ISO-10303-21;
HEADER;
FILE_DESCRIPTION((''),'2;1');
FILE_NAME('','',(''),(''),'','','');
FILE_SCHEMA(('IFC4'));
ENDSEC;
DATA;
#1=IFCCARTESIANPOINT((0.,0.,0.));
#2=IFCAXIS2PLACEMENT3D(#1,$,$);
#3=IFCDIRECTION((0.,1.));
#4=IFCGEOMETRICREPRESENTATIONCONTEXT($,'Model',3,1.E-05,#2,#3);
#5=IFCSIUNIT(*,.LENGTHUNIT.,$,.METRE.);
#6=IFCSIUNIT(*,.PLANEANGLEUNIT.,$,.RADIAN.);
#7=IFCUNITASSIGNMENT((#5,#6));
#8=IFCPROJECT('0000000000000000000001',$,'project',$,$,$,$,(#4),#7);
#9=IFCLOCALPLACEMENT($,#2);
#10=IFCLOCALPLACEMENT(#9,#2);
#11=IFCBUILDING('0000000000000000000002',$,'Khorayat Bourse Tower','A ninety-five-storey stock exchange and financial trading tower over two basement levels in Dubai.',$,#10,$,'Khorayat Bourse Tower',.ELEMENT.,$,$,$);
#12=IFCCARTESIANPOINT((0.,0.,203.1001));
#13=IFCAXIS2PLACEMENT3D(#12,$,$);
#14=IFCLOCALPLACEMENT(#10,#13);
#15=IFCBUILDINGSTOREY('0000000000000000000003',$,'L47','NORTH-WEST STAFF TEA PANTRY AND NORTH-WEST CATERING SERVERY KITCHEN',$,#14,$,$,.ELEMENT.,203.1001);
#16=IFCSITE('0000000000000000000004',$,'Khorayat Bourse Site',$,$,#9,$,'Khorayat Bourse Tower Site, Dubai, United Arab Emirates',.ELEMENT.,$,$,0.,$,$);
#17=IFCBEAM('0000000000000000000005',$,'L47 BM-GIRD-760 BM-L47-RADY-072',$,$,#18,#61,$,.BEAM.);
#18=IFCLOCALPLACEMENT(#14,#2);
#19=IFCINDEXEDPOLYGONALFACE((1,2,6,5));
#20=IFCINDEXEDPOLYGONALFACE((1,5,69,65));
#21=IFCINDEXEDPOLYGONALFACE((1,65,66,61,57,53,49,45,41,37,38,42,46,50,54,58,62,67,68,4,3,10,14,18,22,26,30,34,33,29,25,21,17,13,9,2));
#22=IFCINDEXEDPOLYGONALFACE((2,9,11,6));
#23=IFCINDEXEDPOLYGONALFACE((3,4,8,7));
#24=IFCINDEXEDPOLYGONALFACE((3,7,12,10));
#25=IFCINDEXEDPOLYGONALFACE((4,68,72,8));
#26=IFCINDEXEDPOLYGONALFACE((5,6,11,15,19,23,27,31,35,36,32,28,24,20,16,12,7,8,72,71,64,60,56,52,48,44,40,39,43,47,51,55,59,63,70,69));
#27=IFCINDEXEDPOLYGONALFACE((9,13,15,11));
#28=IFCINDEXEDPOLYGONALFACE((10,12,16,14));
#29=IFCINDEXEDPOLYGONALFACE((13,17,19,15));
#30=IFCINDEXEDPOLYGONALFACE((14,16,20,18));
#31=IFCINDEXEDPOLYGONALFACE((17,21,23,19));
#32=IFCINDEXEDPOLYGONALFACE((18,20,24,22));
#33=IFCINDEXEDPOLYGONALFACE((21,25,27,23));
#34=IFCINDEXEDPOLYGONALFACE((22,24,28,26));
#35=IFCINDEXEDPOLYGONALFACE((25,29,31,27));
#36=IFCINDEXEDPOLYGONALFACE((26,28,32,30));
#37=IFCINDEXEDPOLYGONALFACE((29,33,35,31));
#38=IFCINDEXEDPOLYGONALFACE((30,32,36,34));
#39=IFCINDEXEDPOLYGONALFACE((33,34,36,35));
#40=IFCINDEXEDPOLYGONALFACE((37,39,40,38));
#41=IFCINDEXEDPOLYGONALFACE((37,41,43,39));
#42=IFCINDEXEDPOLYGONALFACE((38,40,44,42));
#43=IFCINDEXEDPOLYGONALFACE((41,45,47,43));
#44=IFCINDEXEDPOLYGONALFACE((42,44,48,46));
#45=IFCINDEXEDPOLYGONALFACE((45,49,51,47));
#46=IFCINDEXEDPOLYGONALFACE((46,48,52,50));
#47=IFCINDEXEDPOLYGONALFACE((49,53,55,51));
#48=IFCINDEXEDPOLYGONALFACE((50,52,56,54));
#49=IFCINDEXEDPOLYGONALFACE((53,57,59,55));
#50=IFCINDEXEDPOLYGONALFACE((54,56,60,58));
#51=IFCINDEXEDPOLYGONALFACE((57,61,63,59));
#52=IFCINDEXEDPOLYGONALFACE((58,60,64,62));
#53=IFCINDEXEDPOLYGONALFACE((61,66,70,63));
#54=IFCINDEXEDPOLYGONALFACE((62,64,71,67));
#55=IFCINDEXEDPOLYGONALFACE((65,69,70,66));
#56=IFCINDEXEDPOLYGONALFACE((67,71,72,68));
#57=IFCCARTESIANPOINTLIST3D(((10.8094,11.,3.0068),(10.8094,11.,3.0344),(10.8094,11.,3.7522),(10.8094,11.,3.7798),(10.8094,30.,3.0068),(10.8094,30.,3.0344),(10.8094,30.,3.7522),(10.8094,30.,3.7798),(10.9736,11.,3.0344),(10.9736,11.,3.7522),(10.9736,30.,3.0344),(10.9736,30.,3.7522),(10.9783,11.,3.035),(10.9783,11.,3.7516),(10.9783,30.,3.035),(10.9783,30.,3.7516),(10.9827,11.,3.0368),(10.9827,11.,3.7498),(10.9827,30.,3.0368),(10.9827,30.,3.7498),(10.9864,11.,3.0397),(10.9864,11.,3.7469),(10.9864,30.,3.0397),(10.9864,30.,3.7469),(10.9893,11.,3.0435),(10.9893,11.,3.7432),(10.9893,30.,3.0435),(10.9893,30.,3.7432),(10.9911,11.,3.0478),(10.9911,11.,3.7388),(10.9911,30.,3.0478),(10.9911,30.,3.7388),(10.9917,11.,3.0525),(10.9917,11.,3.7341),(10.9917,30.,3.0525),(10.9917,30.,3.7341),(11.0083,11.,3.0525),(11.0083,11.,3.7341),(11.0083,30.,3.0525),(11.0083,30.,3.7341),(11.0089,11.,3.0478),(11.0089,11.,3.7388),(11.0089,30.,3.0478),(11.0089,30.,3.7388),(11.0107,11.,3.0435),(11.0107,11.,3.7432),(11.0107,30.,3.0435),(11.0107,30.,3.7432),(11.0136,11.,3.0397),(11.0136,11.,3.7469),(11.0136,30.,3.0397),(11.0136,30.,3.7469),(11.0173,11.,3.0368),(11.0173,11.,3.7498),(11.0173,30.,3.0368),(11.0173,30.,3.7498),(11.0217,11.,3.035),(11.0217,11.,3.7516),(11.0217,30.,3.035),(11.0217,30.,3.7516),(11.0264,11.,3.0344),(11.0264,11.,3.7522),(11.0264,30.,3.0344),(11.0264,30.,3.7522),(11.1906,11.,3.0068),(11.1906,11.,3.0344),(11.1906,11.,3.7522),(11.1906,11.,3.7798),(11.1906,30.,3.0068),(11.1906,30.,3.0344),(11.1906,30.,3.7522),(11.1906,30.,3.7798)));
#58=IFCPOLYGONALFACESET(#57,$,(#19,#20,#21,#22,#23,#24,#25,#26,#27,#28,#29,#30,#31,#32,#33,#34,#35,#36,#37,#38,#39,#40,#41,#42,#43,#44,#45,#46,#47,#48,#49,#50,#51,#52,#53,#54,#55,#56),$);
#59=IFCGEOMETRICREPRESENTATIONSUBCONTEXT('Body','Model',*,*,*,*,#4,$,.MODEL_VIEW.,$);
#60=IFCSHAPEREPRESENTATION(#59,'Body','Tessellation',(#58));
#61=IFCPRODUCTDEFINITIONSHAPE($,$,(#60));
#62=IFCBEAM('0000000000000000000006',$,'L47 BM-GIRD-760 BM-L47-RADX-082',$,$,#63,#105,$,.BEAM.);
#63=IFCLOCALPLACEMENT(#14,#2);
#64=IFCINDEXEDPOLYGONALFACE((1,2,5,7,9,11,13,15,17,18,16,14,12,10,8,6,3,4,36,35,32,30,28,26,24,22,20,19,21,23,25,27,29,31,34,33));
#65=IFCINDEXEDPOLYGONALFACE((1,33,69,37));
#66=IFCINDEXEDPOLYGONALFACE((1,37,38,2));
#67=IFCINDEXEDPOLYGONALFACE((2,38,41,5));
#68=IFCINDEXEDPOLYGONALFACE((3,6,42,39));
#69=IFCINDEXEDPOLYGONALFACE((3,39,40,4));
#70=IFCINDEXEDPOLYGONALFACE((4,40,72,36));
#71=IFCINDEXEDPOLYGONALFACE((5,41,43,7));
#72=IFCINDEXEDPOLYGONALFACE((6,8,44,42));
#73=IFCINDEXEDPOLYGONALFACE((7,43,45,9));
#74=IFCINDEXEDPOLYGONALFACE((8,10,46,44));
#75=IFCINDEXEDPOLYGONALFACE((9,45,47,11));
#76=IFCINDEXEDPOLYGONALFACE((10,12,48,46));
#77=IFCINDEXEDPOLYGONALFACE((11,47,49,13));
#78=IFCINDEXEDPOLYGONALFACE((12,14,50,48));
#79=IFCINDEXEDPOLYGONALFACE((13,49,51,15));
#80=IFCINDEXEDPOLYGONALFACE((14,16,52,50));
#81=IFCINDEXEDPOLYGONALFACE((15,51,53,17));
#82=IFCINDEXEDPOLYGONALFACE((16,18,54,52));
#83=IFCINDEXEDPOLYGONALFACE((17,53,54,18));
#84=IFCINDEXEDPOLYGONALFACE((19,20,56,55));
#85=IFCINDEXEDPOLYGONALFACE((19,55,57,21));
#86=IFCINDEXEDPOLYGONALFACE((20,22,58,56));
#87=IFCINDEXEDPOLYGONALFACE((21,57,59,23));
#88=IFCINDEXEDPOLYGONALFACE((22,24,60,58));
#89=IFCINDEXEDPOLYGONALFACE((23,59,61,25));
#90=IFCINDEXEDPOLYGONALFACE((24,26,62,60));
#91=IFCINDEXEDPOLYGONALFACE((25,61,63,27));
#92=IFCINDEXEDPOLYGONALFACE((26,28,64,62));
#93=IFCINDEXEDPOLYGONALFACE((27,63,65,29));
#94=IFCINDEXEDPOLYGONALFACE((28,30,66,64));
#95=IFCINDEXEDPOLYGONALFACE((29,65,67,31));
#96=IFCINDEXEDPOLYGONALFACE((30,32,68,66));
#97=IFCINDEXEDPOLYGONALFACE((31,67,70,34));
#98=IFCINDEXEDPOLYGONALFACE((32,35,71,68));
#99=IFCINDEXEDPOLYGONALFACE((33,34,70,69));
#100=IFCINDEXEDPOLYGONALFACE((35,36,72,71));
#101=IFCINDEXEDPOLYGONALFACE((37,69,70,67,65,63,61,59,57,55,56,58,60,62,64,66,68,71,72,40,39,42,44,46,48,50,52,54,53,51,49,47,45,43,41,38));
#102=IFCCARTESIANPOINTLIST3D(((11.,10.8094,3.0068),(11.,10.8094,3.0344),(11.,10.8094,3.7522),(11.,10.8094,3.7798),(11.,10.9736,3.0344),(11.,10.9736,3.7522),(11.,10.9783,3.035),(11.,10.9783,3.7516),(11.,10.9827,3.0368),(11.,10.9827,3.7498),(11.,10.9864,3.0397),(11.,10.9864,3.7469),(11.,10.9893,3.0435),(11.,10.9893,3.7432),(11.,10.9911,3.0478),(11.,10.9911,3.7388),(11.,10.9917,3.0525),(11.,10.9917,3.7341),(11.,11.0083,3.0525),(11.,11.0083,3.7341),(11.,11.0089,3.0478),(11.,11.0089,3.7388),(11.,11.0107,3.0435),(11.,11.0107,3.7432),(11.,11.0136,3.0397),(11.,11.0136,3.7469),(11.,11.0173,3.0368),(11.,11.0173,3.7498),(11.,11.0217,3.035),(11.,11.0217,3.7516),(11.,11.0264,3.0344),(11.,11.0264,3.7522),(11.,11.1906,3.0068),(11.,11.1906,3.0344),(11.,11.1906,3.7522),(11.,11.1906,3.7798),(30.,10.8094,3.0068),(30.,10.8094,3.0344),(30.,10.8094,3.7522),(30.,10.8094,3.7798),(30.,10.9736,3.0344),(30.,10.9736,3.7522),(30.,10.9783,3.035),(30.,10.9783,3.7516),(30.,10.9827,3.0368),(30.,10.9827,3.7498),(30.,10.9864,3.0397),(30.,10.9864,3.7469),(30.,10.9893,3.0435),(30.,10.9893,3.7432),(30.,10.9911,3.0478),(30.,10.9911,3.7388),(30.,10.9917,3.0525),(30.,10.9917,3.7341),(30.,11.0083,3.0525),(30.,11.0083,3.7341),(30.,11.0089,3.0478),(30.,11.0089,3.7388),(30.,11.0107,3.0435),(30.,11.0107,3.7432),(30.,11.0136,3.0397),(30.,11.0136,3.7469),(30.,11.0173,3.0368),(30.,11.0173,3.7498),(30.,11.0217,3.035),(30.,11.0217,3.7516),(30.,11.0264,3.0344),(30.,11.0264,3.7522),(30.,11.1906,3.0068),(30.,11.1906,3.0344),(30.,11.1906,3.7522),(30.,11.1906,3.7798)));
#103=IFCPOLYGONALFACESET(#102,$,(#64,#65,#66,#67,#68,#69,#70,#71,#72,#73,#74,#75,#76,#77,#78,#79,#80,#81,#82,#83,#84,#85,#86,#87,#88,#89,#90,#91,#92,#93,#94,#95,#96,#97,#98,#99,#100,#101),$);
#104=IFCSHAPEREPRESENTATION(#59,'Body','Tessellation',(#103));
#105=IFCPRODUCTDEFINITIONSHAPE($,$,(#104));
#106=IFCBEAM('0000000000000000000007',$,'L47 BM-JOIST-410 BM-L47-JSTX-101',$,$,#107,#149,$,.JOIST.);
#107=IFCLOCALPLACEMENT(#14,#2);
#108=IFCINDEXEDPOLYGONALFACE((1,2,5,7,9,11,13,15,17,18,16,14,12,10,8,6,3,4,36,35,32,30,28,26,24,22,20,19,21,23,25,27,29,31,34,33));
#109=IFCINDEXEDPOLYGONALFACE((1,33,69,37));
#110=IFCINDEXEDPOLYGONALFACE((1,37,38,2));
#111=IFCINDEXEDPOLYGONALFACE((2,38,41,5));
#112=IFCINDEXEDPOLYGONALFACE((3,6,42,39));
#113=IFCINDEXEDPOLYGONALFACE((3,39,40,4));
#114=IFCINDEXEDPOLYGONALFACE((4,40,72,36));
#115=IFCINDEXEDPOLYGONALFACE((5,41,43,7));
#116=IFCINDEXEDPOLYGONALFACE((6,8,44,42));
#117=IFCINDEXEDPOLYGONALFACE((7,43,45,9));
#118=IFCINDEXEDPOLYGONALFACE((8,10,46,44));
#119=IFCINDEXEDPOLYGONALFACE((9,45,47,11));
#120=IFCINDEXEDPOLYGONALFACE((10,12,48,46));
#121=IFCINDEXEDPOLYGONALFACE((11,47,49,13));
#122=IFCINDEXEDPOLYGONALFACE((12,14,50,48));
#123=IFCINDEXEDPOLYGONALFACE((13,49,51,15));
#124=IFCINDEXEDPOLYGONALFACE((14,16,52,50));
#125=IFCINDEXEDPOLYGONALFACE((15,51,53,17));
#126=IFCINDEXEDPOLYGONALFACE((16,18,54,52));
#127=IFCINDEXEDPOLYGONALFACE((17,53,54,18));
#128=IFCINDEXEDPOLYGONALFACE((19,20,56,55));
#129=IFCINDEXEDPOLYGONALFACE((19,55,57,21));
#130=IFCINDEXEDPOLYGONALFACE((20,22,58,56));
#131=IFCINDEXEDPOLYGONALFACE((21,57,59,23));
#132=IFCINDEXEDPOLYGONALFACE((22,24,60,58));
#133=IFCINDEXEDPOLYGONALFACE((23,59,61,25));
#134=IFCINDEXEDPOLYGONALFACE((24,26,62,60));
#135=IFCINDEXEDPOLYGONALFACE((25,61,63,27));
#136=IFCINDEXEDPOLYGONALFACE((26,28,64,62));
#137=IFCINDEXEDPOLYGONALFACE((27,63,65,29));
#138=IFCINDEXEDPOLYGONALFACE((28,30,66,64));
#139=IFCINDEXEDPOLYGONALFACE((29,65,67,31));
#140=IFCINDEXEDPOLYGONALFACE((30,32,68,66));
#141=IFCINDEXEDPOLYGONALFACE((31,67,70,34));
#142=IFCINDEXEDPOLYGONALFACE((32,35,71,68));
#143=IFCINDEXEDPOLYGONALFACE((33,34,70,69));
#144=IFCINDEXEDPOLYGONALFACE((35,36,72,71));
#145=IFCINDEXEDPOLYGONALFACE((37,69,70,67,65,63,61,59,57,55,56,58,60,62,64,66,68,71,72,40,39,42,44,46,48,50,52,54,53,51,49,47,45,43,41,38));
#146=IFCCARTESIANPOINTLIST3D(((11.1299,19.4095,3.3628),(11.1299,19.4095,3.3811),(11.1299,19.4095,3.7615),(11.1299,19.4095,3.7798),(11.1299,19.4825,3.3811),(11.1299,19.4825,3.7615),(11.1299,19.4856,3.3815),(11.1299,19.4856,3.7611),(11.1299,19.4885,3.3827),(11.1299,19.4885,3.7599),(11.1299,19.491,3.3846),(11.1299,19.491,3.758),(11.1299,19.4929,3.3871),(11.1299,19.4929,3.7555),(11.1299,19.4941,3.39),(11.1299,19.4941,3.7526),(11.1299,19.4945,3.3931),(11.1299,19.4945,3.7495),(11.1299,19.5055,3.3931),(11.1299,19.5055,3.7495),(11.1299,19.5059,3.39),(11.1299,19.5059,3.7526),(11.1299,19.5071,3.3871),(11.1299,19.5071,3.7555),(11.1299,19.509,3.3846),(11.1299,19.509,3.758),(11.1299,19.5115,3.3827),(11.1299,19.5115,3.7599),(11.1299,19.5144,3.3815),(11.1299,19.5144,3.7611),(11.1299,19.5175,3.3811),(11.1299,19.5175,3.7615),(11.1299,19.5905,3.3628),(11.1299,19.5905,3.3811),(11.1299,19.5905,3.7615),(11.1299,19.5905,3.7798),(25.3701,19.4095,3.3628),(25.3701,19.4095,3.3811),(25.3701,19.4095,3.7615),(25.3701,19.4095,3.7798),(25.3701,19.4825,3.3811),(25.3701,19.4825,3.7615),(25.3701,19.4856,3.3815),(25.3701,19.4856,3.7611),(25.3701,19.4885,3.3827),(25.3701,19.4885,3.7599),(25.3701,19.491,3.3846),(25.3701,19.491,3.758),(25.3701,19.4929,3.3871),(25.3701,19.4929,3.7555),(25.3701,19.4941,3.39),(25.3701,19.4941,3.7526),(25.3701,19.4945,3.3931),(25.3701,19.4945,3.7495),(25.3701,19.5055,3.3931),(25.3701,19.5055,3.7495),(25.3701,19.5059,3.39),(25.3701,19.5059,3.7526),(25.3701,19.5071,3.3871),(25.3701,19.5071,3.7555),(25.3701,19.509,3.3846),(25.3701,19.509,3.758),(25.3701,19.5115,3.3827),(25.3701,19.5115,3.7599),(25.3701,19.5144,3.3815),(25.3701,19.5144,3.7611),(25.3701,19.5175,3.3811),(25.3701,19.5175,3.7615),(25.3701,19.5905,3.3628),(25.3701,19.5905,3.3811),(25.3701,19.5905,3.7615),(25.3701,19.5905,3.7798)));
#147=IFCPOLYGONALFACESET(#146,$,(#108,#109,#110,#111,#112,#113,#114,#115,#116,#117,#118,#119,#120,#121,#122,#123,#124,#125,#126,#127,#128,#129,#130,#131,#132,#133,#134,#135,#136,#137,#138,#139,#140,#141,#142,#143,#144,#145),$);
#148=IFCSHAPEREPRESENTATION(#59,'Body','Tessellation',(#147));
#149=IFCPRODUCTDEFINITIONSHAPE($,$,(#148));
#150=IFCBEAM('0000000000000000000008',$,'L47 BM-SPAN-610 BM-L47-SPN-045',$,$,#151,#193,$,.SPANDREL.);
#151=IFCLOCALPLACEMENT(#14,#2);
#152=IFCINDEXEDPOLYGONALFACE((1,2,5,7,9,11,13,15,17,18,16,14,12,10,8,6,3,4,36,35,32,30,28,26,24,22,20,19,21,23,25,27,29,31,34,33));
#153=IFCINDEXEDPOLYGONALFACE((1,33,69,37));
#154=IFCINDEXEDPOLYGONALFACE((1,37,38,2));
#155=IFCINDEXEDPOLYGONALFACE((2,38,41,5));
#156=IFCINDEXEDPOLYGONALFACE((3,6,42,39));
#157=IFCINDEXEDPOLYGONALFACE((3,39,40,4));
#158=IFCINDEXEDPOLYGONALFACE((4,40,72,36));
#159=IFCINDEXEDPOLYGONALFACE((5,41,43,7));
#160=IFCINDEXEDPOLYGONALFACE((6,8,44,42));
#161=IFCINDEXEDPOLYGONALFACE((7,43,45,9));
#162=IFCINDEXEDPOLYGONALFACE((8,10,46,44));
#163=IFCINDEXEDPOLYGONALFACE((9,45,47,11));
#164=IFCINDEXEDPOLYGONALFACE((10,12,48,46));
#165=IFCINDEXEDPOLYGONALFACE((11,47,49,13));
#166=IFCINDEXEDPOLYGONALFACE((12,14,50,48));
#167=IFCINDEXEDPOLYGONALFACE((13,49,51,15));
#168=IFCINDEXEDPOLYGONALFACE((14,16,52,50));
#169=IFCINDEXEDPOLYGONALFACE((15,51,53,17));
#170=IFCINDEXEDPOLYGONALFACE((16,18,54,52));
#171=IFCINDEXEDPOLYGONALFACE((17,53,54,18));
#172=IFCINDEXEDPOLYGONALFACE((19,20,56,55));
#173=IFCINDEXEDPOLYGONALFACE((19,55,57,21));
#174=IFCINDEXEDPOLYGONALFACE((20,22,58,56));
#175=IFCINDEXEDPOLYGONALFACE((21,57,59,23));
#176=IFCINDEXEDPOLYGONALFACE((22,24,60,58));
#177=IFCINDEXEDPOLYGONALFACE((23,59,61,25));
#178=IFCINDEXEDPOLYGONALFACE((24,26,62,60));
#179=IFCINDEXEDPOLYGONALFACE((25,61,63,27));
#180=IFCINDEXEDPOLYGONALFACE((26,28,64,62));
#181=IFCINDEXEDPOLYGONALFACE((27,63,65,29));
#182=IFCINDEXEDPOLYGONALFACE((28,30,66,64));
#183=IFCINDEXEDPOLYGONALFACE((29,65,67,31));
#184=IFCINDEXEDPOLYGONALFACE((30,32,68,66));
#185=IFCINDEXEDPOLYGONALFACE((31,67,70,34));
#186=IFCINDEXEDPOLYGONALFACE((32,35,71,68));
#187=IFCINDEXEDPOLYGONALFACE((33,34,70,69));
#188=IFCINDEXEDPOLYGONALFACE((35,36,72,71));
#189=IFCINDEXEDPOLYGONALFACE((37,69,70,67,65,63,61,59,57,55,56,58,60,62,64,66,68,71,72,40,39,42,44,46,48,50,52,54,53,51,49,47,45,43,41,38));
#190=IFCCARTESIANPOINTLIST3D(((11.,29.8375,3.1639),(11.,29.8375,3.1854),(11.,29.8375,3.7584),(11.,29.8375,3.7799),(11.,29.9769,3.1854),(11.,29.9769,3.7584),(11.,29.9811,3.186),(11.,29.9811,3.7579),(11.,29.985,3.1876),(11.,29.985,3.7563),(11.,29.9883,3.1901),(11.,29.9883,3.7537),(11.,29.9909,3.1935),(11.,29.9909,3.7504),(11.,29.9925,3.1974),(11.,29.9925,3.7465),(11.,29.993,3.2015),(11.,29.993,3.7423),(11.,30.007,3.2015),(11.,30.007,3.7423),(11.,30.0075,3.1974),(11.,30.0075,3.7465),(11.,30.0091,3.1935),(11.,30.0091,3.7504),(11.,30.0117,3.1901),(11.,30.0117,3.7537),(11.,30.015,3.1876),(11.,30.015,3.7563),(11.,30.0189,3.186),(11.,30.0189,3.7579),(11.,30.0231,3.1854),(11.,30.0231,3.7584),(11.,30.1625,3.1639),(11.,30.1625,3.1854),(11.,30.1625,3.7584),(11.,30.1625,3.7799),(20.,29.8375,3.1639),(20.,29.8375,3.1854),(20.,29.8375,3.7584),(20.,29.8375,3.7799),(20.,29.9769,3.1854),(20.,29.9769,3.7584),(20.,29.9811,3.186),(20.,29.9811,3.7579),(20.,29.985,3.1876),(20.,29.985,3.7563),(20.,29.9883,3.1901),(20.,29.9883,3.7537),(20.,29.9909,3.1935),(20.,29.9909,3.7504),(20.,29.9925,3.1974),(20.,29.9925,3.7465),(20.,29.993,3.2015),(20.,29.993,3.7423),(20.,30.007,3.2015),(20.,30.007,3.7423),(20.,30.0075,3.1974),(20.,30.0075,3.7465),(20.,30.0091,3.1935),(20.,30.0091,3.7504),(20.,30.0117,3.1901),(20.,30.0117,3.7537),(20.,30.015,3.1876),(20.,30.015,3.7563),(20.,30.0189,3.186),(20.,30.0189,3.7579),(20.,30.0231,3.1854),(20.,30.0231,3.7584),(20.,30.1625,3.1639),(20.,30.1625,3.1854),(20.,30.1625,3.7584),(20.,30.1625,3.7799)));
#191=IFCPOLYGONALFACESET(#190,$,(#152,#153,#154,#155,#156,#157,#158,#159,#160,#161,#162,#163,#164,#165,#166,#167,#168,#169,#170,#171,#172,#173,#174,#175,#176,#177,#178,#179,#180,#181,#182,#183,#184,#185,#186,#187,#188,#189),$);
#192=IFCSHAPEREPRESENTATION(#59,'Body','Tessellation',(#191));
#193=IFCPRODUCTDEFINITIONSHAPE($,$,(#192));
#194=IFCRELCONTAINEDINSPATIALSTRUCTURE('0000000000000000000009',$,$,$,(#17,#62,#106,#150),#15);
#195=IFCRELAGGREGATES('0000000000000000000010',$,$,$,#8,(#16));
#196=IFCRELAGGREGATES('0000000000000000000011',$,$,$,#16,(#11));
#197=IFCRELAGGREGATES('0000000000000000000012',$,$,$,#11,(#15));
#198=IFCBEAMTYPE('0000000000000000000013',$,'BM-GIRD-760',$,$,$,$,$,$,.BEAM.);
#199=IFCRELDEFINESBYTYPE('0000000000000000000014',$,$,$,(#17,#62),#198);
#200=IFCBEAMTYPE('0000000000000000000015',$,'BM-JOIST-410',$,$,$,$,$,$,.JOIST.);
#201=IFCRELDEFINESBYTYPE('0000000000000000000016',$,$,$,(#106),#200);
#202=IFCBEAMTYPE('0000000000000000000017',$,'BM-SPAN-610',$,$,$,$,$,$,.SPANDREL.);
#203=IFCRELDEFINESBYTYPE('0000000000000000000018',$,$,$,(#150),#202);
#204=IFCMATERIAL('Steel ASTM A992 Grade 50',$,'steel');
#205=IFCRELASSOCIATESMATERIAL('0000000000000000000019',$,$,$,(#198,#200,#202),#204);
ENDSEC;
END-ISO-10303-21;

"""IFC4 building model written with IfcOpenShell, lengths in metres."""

from ifc_helpers import new_model, si_unit, direction, frame, origin, origin_2d, place, context, subcontext, project, spatial, i_section, extrude, source, transform, mapped, material, material_profile, profile_set, type_object, element, save


model = new_model("IFC4")

# Units and contexts
model_context = context("Model", 3, precision=1e-05, world=origin(), true_north=direction((0.0, 1.0)))
body_context = subcontext(model_context, "Body", "Model", "MODEL_VIEW")
ifc_project = project(units=[si_unit("LENGTHUNIT", "METRE"), si_unit("PLANEANGLEUNIT", "RADIAN")], contexts=[model_context])

# Site, building, storey
site_placement = place(None, origin())
site = spatial("IfcSite", under=ifc_project, at=site_placement, Name="Khorayat Bourse Site", LongName="Khorayat Bourse Tower Site, Dubai, United Arab Emirates", CompositionType="ELEMENT", RefElevation=0.0)
building_placement = place(site_placement, origin())
building = spatial("IfcBuilding", under=site, at=building_placement, Name="Khorayat Bourse Tower", Description="A ninety-five-storey stock exchange and financial trading tower over two basement levels in Dubai.", LongName="Khorayat Bourse Tower", CompositionType="ELEMENT")
storey_placement = place(building_placement, frame((0.0, 0.0, 203.1001)))
storey = spatial("IfcBuildingStorey", under=building, at=storey_placement, Name="L47", Description="NORTH-WEST STAFF TEA PANTRY AND NORTH-WEST CATERING SERVERY KITCHEN", CompositionType="ELEMENT", Elevation=203.1001)

# Beams
ifc_material_1 = material(Name="Steel ASTM A992 Grade 50", Category="steel")
ifc_material_profile_1 = material_profile(ifc_material_1, i_section(OverallWidth=0.3811, OverallDepth=0.7729, WebThickness=0.0166, FlangeThickness=0.0276, FilletRadius=0.0181, at=origin_2d()), Name="W760X257")
ifc_profile_set_1 = profile_set([ifc_material_profile_1], Name="Steel ASTM A992 Grade 50")
beam_type_1 = type_object("IfcBeamType", Name="BM-GIRD-760", PredefinedType="BEAM", material=ifc_profile_set_1)
shared_shape_1 = source(origin(), body_context, "Body", "SweptSolid", [
    extrude(i_section(OverallWidth=0.3811, OverallDepth=0.7729, WebThickness=0.0166, FlangeThickness=0.0276, FilletRadius=0.0181, at=origin_2d()), origin(), (0.0, 0.0, 1.0), 19.0),
])
for number, where, z_axis, x_axis, name in (
    (1, (11.0, 11.0, 3.3933), (0.0, 1.0, 0.0), (-1.0, 0.0, 0.0), "L47 BM-GIRD-760 BM-L47-RADY-072"),
    (2, (11.0, 11.0, 3.3933), (1.0, 0.0, 0.0), (0.0, 1.0, 0.0), "L47 BM-GIRD-760 BM-L47-RADX-082"),
):
    element("IfcBeam", number, at=place(storey_placement, frame(where, z_axis=z_axis, x_axis=x_axis)), inside=storey, type_object=beam_type_1, Name=name, PredefinedType="BEAM", context=body_context, shape_type="MappedRepresentation", body=[
        mapped(shared_shape_1, transform((0.0, 0.0, 0.0), scale=1.0)),
    ])
ifc_material_profile_2 = material_profile(ifc_material_1, i_section(OverallWidth=0.1809, OverallDepth=0.417, WebThickness=0.011, FlangeThickness=0.0183, FilletRadius=0.012, at=origin_2d()), Name="W410X85")
ifc_profile_set_2 = profile_set([ifc_material_profile_2], Name="Steel ASTM A992 Grade 50")
beam_type_2 = type_object("IfcBeamType", Name="BM-JOIST-410", PredefinedType="JOIST", material=ifc_profile_set_2)
shared_shape_2 = source(origin(), body_context, "Body", "SweptSolid", [
    extrude(i_section(OverallWidth=0.1809, OverallDepth=0.417, WebThickness=0.011, FlangeThickness=0.0183, FilletRadius=0.012, at=origin_2d()), origin(), (0.0, 0.0, 1.0), 14.2402),
])
beam_1_placement = place(storey_placement, frame((11.1299, 19.5, 3.5713), z_axis=(1.0, 0.0, 0.0), x_axis=(0.0, 1.0, 0.0)))
element("IfcBeam", 3, at=beam_1_placement, inside=storey, type_object=beam_type_2, Name="L47 BM-JOIST-410 BM-L47-JSTX-101", PredefinedType="JOIST", context=body_context, shape_type="MappedRepresentation", body=[
    mapped(shared_shape_2, transform((0.0, 0.0, 0.0), scale=1.0)),
])
ifc_material_profile_3 = material_profile(ifc_material_1, i_section(OverallWidth=0.325, OverallDepth=0.616, WebThickness=0.0139, FlangeThickness=0.0215, FilletRadius=0.0161, at=origin_2d()), Name="W610X174")
ifc_profile_set_3 = profile_set([ifc_material_profile_3], Name="Steel ASTM A992 Grade 50")
beam_type_3 = type_object("IfcBeamType", Name="BM-SPAN-610", PredefinedType="SPANDREL", material=ifc_profile_set_3)
shared_shape_3 = source(origin(), body_context, "Body", "SweptSolid", [
    extrude(i_section(OverallWidth=0.325, OverallDepth=0.616, WebThickness=0.0139, FlangeThickness=0.0215, FilletRadius=0.0161, at=origin_2d()), origin(), (0.0, 0.0, 1.0), 9.0),
])
beam_2_placement = place(storey_placement, frame((11.0, 30.0, 3.4719), z_axis=(1.0, 0.0, 0.0), x_axis=(0.0, 1.0, 0.0)))
element("IfcBeam", 4, at=beam_2_placement, inside=storey, type_object=beam_type_3, Name="L47 BM-SPAN-610 BM-L47-SPN-045", PredefinedType="SPANDREL", context=body_context, shape_type="MappedRepresentation", body=[
    mapped(shared_shape_3, transform((0.0, 0.0, 0.0), scale=1.0)),
])

save(model, "model.ifc")
